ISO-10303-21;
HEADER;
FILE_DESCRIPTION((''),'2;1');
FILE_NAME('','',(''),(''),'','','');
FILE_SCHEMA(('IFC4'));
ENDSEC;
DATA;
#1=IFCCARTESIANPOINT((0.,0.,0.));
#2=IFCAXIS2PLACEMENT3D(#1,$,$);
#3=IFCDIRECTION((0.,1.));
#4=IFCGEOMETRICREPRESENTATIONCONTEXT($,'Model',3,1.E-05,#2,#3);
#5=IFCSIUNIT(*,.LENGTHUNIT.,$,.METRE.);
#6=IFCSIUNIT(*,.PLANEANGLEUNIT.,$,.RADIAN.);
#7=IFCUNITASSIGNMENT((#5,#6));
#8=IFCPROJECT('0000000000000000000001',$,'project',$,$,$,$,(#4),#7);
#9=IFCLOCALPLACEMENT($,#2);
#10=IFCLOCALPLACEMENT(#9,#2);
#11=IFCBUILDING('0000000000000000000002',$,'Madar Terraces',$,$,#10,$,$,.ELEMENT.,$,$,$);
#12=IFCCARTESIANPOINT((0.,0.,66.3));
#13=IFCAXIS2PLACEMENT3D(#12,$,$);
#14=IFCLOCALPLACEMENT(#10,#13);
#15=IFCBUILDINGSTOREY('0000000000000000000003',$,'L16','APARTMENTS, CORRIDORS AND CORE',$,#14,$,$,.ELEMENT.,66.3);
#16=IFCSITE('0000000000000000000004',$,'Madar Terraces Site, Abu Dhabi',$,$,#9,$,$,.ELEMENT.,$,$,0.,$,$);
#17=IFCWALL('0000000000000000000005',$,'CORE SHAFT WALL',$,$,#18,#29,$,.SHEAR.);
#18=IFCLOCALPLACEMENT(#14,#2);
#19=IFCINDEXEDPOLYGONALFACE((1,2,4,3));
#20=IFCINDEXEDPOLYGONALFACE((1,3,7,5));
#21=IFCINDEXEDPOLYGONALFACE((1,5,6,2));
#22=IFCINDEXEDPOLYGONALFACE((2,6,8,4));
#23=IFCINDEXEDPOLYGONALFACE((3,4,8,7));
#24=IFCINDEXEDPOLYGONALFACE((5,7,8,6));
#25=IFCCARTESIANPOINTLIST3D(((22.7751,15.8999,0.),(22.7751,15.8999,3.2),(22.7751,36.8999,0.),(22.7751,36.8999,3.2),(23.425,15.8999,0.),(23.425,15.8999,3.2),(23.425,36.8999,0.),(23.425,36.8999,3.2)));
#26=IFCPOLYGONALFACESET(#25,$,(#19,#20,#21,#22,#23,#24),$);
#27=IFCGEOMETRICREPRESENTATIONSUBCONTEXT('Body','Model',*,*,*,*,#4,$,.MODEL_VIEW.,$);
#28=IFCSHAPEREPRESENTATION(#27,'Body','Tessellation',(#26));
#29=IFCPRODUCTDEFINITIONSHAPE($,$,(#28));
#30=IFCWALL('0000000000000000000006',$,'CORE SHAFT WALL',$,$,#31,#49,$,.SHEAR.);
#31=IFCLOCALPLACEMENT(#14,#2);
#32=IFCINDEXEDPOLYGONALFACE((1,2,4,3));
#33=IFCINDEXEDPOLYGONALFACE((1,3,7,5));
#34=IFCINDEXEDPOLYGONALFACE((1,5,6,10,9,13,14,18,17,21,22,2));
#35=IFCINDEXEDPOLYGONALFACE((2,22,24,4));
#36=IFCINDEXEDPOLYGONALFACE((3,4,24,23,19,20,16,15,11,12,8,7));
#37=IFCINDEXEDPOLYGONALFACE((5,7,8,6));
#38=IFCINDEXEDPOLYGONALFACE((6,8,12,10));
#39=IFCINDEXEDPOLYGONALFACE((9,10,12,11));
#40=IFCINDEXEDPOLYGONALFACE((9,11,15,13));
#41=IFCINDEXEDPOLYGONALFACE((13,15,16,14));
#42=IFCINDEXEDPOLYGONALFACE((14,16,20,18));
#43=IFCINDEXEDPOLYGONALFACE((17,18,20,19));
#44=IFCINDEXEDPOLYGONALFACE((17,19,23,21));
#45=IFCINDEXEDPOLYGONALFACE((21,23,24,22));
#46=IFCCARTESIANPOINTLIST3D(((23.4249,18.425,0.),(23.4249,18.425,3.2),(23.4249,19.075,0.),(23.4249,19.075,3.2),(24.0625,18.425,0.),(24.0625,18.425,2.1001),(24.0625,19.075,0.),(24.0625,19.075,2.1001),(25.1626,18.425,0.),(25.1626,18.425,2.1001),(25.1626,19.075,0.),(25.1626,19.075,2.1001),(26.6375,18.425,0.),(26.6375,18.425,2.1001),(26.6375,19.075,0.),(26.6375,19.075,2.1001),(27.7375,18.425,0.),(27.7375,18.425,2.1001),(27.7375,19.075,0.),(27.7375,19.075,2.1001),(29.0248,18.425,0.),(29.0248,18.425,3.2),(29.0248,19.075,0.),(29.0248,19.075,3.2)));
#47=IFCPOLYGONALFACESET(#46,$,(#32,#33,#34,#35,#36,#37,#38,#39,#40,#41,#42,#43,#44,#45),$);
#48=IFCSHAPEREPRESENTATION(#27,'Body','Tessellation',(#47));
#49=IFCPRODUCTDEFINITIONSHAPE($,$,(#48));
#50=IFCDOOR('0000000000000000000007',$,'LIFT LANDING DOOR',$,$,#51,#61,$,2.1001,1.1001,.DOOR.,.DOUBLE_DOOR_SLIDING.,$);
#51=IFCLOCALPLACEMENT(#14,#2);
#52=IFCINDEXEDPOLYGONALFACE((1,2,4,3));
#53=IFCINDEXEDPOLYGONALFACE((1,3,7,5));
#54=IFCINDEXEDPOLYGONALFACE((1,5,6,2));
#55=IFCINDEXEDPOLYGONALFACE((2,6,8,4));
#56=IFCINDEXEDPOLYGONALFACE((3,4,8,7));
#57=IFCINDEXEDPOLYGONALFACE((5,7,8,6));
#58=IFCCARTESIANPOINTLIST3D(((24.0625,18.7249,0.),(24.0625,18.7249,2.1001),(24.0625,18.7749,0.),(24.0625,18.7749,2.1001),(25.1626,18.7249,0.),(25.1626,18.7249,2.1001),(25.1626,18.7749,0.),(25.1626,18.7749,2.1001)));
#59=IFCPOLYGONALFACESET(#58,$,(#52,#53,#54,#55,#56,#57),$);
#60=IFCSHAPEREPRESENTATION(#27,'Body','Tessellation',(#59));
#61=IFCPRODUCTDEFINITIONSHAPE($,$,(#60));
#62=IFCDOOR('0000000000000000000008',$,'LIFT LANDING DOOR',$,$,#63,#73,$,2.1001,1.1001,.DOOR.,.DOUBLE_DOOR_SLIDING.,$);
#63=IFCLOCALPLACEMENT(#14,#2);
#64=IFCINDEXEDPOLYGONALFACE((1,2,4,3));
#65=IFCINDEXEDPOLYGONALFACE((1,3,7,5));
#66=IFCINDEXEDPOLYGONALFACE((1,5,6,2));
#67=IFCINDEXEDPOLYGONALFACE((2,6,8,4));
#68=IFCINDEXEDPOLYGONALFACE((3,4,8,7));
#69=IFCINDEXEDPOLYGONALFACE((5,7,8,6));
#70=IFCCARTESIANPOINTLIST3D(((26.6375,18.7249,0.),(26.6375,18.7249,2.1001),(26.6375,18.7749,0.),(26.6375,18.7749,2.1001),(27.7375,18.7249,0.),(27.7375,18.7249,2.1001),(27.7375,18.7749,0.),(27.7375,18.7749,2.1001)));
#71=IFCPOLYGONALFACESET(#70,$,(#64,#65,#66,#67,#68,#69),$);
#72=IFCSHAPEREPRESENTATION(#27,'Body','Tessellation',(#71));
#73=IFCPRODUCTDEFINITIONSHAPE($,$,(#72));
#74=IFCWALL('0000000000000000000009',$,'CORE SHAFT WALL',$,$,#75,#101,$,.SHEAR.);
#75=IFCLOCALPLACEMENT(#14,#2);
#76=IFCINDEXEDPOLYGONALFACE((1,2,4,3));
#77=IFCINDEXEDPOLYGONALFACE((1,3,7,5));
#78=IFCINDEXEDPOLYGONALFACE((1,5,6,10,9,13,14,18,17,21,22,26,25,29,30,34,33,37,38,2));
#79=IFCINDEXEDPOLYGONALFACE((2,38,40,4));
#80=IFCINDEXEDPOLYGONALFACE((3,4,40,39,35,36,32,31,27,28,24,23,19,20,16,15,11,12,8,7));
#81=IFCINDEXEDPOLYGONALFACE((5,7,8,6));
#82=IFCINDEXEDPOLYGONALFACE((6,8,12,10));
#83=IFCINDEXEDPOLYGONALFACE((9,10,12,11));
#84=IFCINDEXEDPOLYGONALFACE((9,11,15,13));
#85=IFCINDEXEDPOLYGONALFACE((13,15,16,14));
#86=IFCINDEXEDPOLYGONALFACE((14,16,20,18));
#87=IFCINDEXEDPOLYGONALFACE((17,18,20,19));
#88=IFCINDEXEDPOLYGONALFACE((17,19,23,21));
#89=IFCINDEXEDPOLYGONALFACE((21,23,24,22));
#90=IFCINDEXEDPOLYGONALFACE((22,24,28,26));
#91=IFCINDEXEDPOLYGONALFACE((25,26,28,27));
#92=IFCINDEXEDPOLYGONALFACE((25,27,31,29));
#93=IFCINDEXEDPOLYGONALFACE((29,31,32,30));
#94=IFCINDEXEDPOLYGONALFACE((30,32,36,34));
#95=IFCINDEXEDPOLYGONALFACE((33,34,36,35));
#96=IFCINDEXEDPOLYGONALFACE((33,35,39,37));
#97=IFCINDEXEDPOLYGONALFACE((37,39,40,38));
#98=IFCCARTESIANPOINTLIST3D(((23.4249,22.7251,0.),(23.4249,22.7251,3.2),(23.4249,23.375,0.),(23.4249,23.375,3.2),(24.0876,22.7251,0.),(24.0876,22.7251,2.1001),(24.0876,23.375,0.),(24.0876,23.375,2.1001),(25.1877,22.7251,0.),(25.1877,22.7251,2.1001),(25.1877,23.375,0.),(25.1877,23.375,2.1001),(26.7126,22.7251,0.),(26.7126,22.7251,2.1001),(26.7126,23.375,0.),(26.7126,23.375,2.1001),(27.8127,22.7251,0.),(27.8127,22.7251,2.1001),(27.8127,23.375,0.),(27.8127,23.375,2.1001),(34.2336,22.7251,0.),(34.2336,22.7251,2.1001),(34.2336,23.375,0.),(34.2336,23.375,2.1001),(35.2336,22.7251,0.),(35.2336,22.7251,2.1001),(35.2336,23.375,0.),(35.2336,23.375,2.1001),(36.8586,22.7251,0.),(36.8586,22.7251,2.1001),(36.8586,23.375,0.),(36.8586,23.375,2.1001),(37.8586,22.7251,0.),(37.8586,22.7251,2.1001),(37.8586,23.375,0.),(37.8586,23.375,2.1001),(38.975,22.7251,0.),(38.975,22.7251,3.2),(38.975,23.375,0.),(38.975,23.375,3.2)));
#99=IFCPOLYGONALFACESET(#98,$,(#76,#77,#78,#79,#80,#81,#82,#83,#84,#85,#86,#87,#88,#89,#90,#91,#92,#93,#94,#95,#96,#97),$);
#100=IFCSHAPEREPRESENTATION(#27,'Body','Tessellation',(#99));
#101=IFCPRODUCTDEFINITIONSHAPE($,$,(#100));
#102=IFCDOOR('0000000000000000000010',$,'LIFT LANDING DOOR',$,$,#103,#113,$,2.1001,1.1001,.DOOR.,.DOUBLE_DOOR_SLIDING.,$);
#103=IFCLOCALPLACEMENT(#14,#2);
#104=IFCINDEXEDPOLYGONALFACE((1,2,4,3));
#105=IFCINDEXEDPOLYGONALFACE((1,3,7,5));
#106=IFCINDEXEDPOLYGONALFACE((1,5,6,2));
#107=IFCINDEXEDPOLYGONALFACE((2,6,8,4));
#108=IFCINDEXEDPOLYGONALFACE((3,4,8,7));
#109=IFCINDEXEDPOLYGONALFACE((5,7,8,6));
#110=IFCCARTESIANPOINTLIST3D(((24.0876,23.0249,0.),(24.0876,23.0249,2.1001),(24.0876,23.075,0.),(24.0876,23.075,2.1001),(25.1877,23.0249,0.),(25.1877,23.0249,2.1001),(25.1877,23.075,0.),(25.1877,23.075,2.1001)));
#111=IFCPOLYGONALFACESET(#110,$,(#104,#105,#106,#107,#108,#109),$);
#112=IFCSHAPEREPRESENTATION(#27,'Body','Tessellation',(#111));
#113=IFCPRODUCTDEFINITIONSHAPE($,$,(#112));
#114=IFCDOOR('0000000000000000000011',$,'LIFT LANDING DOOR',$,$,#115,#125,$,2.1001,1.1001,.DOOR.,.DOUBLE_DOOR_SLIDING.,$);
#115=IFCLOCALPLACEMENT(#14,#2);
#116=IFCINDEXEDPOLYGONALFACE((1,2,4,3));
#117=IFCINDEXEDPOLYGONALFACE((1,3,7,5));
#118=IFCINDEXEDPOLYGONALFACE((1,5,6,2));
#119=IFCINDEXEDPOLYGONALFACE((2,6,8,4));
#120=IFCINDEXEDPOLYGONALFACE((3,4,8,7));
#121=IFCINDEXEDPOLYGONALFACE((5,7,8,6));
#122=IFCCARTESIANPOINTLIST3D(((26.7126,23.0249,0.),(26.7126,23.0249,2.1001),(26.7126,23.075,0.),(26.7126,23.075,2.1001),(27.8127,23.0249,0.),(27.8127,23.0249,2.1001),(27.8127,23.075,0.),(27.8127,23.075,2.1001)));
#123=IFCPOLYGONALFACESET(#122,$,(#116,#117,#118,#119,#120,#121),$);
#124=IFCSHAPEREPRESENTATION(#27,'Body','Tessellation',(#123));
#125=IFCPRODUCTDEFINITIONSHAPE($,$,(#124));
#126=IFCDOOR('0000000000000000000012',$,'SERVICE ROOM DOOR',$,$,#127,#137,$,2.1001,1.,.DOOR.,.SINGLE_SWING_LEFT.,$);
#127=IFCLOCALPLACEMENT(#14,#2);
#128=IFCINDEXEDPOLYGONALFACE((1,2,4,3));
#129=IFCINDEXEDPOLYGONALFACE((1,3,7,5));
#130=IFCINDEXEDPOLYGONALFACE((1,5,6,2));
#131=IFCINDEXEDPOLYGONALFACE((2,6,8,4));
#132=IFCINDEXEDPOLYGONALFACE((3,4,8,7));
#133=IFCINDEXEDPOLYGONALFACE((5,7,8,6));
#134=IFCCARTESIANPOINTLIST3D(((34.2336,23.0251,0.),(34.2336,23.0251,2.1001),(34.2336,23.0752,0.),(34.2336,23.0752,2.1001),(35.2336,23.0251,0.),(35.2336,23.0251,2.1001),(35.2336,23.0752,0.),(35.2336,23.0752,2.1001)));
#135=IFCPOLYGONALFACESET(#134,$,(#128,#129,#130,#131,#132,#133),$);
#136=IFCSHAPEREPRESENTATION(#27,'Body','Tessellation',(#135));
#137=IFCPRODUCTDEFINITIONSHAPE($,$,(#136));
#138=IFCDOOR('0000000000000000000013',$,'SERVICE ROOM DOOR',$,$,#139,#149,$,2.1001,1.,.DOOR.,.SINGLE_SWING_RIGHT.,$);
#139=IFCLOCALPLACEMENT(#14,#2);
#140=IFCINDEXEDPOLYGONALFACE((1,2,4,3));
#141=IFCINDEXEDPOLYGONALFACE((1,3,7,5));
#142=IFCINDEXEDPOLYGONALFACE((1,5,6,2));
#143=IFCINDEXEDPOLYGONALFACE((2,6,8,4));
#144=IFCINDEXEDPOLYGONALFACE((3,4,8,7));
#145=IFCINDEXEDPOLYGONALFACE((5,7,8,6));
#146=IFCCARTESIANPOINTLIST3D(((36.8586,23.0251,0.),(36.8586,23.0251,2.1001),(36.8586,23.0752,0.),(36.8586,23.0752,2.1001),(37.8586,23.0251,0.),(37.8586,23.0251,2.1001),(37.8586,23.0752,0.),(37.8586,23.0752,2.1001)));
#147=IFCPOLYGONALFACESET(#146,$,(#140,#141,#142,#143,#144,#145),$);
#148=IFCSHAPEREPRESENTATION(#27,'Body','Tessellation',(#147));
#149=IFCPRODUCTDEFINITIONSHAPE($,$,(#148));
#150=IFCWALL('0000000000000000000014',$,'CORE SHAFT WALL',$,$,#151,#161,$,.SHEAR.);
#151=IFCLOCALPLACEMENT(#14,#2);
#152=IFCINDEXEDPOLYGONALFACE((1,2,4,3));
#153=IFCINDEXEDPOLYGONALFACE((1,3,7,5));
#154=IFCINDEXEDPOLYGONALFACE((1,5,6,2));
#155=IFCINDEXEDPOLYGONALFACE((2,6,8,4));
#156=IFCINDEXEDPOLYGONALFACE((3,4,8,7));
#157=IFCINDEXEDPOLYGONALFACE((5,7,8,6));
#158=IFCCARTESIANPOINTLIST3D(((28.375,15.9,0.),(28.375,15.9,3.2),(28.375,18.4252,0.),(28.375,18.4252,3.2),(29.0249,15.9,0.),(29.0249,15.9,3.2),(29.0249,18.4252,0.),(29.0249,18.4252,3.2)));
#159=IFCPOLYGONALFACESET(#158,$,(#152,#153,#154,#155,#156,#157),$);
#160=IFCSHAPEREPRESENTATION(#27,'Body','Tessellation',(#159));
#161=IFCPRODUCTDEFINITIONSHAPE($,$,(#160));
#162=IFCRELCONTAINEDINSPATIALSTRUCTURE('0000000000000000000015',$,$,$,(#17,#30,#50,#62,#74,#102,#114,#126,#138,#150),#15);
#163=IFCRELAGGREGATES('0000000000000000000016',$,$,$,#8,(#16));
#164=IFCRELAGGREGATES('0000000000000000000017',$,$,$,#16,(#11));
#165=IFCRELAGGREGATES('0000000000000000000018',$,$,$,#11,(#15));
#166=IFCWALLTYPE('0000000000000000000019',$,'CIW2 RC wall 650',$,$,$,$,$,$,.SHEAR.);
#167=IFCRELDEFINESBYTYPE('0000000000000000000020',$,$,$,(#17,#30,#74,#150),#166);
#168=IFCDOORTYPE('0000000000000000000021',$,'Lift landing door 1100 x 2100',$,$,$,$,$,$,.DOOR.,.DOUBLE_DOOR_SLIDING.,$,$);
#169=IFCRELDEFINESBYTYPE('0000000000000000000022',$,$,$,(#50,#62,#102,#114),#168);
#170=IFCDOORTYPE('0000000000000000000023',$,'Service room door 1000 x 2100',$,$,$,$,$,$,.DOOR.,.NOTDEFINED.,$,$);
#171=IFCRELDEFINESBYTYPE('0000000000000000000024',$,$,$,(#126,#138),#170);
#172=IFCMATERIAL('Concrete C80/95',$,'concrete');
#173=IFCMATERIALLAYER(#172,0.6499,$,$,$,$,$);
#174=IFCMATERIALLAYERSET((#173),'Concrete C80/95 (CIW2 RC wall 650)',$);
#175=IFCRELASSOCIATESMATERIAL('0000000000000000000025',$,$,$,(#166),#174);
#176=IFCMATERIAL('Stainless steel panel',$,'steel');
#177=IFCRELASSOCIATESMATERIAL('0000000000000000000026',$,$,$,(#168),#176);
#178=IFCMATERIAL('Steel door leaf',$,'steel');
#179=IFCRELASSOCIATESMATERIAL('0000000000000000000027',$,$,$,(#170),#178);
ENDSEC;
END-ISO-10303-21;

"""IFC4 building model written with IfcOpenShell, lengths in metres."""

from ifc_helpers import new_model, si_unit, direction, frame, frame_2d, origin, place, context, subcontext, project, spatial, rectangle, extrude, material, layer, layer_set, type_object, element, fill, save


model = new_model("IFC4")

# Units and contexts
model_context = context("Model", 3, precision=1e-05, world=origin(), true_north=direction((0.0, 1.0)))
body_context = subcontext(model_context, "Body", "Model", "MODEL_VIEW")
ifc_project = project(units=[si_unit("LENGTHUNIT", "METRE"), si_unit("PLANEANGLEUNIT", "RADIAN")], contexts=[model_context])

# Site, building, storey
site_placement = place(None, origin())
site = spatial("IfcSite", under=ifc_project, at=site_placement, Name="Madar Terraces Site, Abu Dhabi", CompositionType="ELEMENT", RefElevation=0.0)
building_placement = place(site_placement, origin())
building = spatial("IfcBuilding", under=site, at=building_placement, Name="Madar Terraces", CompositionType="ELEMENT")
storey_placement = place(building_placement, frame((0.0, 0.0, 66.3)))
storey = spatial("IfcBuildingStorey", under=building, at=storey_placement, Name="L16", Description="APARTMENTS, CORRIDORS AND CORE", CompositionType="ELEMENT", Elevation=66.3)

# Wall
ifc_material_1 = material(Name="Concrete C80/95", Category="concrete")
ifc_layer_1 = layer(ifc_material_1, 0.6499)
ifc_layer_set_1 = layer_set([ifc_layer_1], Name="Concrete C80/95 (CIW2 RC wall 650)")
wall_type_1 = type_object("IfcWallType", Name="CIW2 RC wall 650", PredefinedType="SHEAR", material=ifc_layer_set_1)
wall_1_placement = place(storey_placement, frame((23.1001, 15.8999, 0.0), z_axis=(0.0, 0.0, 1.0), x_axis=(0.0, 1.0, 0.0)))
element("IfcWall", 1, at=wall_1_placement, inside=storey, type_object=wall_type_1, Name="CORE SHAFT WALL", PredefinedType="SHEAR", context=body_context, shape_type="SweptSolid", body=[
    extrude(rectangle(XDim=21.0, YDim=0.6499, at=frame_2d((10.5, 0.0))), origin(), (0.0, 0.0, 1.0), 3.2),
])

# Walls, openings, doors
wall_2_placement = place(storey_placement, frame((23.425, 18.75, 0.0), z_axis=(0.0, 0.0, 1.0), x_axis=(1.0, 0.0, 0.0)))
wall_2 = element("IfcWall", 2, at=wall_2_placement, inside=storey, type_object=wall_type_1, Name="CORE SHAFT WALL", PredefinedType="SHEAR", context=body_context, shape_type="SweptSolid", body=[
    extrude(rectangle(XDim=5.5999, YDim=0.6499, at=frame_2d((2.7998, 0.0))), origin(), (0.0, 0.0, 1.0), 3.2),
])
opening_1_placement = place(wall_2_placement, frame((0.6375, 0.0, 0.0)))
opening_1 = element("IfcOpeningElement", 3, at=opening_1_placement, cuts=wall_2, PredefinedType="OPENING", context=body_context, shape_type="SweptSolid", body=[
    extrude(rectangle(XDim=1.1001, YDim=2.1001, at=frame_2d((0.55, 1.05))), frame((0.0, 0.335, 0.0), z_axis=(0.0, -1.0, 0.0), x_axis=(1.0, 0.0, 0.0)), (0.0, 0.0, 1.0), 0.6699),
])
opening_2_placement = place(wall_2_placement, frame((3.2124, 0.0, 0.0)))
opening_2 = element("IfcOpeningElement", 4, at=opening_2_placement, cuts=wall_2, PredefinedType="OPENING", context=body_context, shape_type="SweptSolid", body=[
    extrude(rectangle(XDim=1.1001, YDim=2.1001, at=frame_2d((0.55, 1.05))), frame((0.0, 0.335, 0.0), z_axis=(0.0, -1.0, 0.0), x_axis=(1.0, 0.0, 0.0)), (0.0, 0.0, 1.0), 0.6699),
])
ifc_material_2 = material(Name="Stainless steel panel", Category="steel")
door_type_1 = type_object("IfcDoorType", Name="Lift landing door 1100 x 2100", OperationType="DOUBLE_DOOR_SLIDING", PredefinedType="DOOR", material=ifc_material_2)
door_1_placement = place(opening_1_placement, origin())
door_1 = element("IfcDoor", 5, at=door_1_placement, inside=storey, type_object=door_type_1, Name="LIFT LANDING DOOR", OperationType="DOUBLE_DOOR_SLIDING", OverallHeight=2.1001, OverallWidth=1.1001, PredefinedType="DOOR", context=body_context, shape_type="SweptSolid", body=[
    extrude(rectangle(XDim=1.1001, YDim=2.1001, at=frame_2d((0.55, 1.05))), frame((0.0, 0.0249, 0.0), z_axis=(0.0, -1.0, 0.0), x_axis=(1.0, 0.0, 0.0)), (0.0, 0.0, 1.0), 0.05),
])
fill(opening_1, door_1)
door_2_placement = place(opening_2_placement, origin())
door_2 = element("IfcDoor", 6, at=door_2_placement, inside=storey, type_object=door_type_1, Name="LIFT LANDING DOOR", OperationType="DOUBLE_DOOR_SLIDING", OverallHeight=2.1001, OverallWidth=1.1001, PredefinedType="DOOR", context=body_context, shape_type="SweptSolid", body=[
    extrude(rectangle(XDim=1.1001, YDim=2.1001, at=frame_2d((0.55, 1.05))), frame((0.0, 0.0249, 0.0), z_axis=(0.0, -1.0, 0.0), x_axis=(1.0, 0.0, 0.0)), (0.0, 0.0, 1.0), 0.05),
])
fill(opening_2, door_2)
wall_3_placement = place(storey_placement, frame((23.425, 23.05, 0.0), z_axis=(0.0, 0.0, 1.0), x_axis=(1.0, 0.0, 0.0)))
wall_3 = element("IfcWall", 7, at=wall_3_placement, inside=storey, type_object=wall_type_1, Name="CORE SHAFT WALL", PredefinedType="SHEAR", context=body_context, shape_type="SweptSolid", body=[
    extrude(rectangle(XDim=15.55, YDim=0.6499, at=frame_2d((7.7749, 0.0))), origin(), (0.0, 0.0, 1.0), 3.2),
])
opening_3_placement = place(wall_3_placement, frame((0.6626, 0.0, 0.0)))
opening_3 = element("IfcOpeningElement", 8, at=opening_3_placement, cuts=wall_3, PredefinedType="OPENING", context=body_context, shape_type="SweptSolid", body=[
    extrude(rectangle(XDim=1.1001, YDim=2.1001, at=frame_2d((0.55, 1.05))), frame((0.0, 0.335, 0.0), z_axis=(0.0, -1.0, 0.0), x_axis=(1.0, 0.0, 0.0)), (0.0, 0.0, 1.0), 0.6699),
])
opening_4_placement = place(wall_3_placement, frame((3.2876, 0.0, 0.0)))
opening_4 = element("IfcOpeningElement", 9, at=opening_4_placement, cuts=wall_3, PredefinedType="OPENING", context=body_context, shape_type="SweptSolid", body=[
    extrude(rectangle(XDim=1.1001, YDim=2.1001, at=frame_2d((0.55, 1.05))), frame((0.0, 0.335, 0.0), z_axis=(0.0, -1.0, 0.0), x_axis=(1.0, 0.0, 0.0)), (0.0, 0.0, 1.0), 0.6699),
])
opening_5_placement = place(wall_3_placement, frame((10.8086, 0.0, 0.0)))
opening_5 = element("IfcOpeningElement", 10, at=opening_5_placement, cuts=wall_3, PredefinedType="OPENING", context=body_context, shape_type="SweptSolid", body=[
    extrude(rectangle(XDim=1.0, YDim=2.1001, at=frame_2d((0.5, 1.05))), frame((0.0, 0.335, 0.0), z_axis=(0.0, -1.0, 0.0), x_axis=(1.0, 0.0, 0.0)), (0.0, 0.0, 1.0), 0.6699),
])
opening_6_placement = place(wall_3_placement, frame((13.4336, 0.0, 0.0)))
opening_6 = element("IfcOpeningElement", 11, at=opening_6_placement, cuts=wall_3, PredefinedType="OPENING", context=body_context, shape_type="SweptSolid", body=[
    extrude(rectangle(XDim=1.0, YDim=2.1001, at=frame_2d((0.5, 1.05))), frame((0.0, 0.335, 0.0), z_axis=(0.0, -1.0, 0.0), x_axis=(1.0, 0.0, 0.0)), (0.0, 0.0, 1.0), 0.6699),
])
door_3_placement = place(opening_3_placement, origin())
door_3 = element("IfcDoor", 12, at=door_3_placement, inside=storey, type_object=door_type_1, Name="LIFT LANDING DOOR", OperationType="DOUBLE_DOOR_SLIDING", OverallHeight=2.1001, OverallWidth=1.1001, PredefinedType="DOOR", context=body_context, shape_type="SweptSolid", body=[
    extrude(rectangle(XDim=1.1001, YDim=2.1001, at=frame_2d((0.55, 1.05))), frame((0.0, 0.0249, 0.0), z_axis=(0.0, -1.0, 0.0), x_axis=(1.0, 0.0, 0.0)), (0.0, 0.0, 1.0), 0.05),
])
fill(opening_3, door_3)
door_4_placement = place(opening_4_placement, origin())
door_4 = element("IfcDoor", 13, at=door_4_placement, inside=storey, type_object=door_type_1, Name="LIFT LANDING DOOR", OperationType="DOUBLE_DOOR_SLIDING", OverallHeight=2.1001, OverallWidth=1.1001, PredefinedType="DOOR", context=body_context, shape_type="SweptSolid", body=[
    extrude(rectangle(XDim=1.1001, YDim=2.1001, at=frame_2d((0.55, 1.05))), frame((0.0, 0.0249, 0.0), z_axis=(0.0, -1.0, 0.0), x_axis=(1.0, 0.0, 0.0)), (0.0, 0.0, 1.0), 0.05),
])
fill(opening_4, door_4)
ifc_material_3 = material(Name="Steel door leaf", Category="steel")
door_type_2 = type_object("IfcDoorType", Name="Service room door 1000 x 2100", OperationType="NOTDEFINED", PredefinedType="DOOR", material=ifc_material_3)
door_5_placement = place(opening_5_placement, frame((1.0, 0.0, 0.0), z_axis=(0.0, 0.0, 1.0), x_axis=(-1.0, 0.0, 0.0)))
door_5 = element("IfcDoor", 14, at=door_5_placement, inside=storey, type_object=door_type_2, Name="SERVICE ROOM DOOR", OperationType="SINGLE_SWING_LEFT", OverallHeight=2.1001, OverallWidth=1.0, PredefinedType="DOOR", context=body_context, shape_type="SweptSolid", body=[
    extrude(rectangle(XDim=1.0, YDim=2.1001, at=frame_2d((0.5, 1.05))), frame((0.0, 0.0249, 0.0), z_axis=(0.0, -1.0, 0.0), x_axis=(1.0, 0.0, 0.0)), (0.0, 0.0, 1.0), 0.05),
])
fill(opening_5, door_5)
door_6_placement = place(opening_6_placement, frame((1.0, 0.0, 0.0), z_axis=(0.0, 0.0, 1.0), x_axis=(-1.0, 0.0, 0.0)))
door_6 = element("IfcDoor", 15, at=door_6_placement, inside=storey, type_object=door_type_2, Name="SERVICE ROOM DOOR", OperationType="SINGLE_SWING_RIGHT", OverallHeight=2.1001, OverallWidth=1.0, PredefinedType="DOOR", context=body_context, shape_type="SweptSolid", body=[
    extrude(rectangle(XDim=1.0, YDim=2.1001, at=frame_2d((0.5, 1.05))), frame((0.0, 0.0249, 0.0), z_axis=(0.0, -1.0, 0.0), x_axis=(1.0, 0.0, 0.0)), (0.0, 0.0, 1.0), 0.05),
])
fill(opening_6, door_6)

# Wall
wall_4_placement = place(storey_placement, frame((28.7, 15.8999, 0.0), z_axis=(0.0, 0.0, 1.0), x_axis=(0.0, 1.0, 0.0)))
element("IfcWall", 16, at=wall_4_placement, inside=storey, type_object=wall_type_1, Name="CORE SHAFT WALL", PredefinedType="SHEAR", context=body_context, shape_type="SweptSolid", body=[
    extrude(rectangle(XDim=2.5251, YDim=0.6499, at=frame_2d((1.2627, 0.0))), origin(), (0.0, 0.0, 1.0), 3.2),
])

save(model, "model.ifc")
